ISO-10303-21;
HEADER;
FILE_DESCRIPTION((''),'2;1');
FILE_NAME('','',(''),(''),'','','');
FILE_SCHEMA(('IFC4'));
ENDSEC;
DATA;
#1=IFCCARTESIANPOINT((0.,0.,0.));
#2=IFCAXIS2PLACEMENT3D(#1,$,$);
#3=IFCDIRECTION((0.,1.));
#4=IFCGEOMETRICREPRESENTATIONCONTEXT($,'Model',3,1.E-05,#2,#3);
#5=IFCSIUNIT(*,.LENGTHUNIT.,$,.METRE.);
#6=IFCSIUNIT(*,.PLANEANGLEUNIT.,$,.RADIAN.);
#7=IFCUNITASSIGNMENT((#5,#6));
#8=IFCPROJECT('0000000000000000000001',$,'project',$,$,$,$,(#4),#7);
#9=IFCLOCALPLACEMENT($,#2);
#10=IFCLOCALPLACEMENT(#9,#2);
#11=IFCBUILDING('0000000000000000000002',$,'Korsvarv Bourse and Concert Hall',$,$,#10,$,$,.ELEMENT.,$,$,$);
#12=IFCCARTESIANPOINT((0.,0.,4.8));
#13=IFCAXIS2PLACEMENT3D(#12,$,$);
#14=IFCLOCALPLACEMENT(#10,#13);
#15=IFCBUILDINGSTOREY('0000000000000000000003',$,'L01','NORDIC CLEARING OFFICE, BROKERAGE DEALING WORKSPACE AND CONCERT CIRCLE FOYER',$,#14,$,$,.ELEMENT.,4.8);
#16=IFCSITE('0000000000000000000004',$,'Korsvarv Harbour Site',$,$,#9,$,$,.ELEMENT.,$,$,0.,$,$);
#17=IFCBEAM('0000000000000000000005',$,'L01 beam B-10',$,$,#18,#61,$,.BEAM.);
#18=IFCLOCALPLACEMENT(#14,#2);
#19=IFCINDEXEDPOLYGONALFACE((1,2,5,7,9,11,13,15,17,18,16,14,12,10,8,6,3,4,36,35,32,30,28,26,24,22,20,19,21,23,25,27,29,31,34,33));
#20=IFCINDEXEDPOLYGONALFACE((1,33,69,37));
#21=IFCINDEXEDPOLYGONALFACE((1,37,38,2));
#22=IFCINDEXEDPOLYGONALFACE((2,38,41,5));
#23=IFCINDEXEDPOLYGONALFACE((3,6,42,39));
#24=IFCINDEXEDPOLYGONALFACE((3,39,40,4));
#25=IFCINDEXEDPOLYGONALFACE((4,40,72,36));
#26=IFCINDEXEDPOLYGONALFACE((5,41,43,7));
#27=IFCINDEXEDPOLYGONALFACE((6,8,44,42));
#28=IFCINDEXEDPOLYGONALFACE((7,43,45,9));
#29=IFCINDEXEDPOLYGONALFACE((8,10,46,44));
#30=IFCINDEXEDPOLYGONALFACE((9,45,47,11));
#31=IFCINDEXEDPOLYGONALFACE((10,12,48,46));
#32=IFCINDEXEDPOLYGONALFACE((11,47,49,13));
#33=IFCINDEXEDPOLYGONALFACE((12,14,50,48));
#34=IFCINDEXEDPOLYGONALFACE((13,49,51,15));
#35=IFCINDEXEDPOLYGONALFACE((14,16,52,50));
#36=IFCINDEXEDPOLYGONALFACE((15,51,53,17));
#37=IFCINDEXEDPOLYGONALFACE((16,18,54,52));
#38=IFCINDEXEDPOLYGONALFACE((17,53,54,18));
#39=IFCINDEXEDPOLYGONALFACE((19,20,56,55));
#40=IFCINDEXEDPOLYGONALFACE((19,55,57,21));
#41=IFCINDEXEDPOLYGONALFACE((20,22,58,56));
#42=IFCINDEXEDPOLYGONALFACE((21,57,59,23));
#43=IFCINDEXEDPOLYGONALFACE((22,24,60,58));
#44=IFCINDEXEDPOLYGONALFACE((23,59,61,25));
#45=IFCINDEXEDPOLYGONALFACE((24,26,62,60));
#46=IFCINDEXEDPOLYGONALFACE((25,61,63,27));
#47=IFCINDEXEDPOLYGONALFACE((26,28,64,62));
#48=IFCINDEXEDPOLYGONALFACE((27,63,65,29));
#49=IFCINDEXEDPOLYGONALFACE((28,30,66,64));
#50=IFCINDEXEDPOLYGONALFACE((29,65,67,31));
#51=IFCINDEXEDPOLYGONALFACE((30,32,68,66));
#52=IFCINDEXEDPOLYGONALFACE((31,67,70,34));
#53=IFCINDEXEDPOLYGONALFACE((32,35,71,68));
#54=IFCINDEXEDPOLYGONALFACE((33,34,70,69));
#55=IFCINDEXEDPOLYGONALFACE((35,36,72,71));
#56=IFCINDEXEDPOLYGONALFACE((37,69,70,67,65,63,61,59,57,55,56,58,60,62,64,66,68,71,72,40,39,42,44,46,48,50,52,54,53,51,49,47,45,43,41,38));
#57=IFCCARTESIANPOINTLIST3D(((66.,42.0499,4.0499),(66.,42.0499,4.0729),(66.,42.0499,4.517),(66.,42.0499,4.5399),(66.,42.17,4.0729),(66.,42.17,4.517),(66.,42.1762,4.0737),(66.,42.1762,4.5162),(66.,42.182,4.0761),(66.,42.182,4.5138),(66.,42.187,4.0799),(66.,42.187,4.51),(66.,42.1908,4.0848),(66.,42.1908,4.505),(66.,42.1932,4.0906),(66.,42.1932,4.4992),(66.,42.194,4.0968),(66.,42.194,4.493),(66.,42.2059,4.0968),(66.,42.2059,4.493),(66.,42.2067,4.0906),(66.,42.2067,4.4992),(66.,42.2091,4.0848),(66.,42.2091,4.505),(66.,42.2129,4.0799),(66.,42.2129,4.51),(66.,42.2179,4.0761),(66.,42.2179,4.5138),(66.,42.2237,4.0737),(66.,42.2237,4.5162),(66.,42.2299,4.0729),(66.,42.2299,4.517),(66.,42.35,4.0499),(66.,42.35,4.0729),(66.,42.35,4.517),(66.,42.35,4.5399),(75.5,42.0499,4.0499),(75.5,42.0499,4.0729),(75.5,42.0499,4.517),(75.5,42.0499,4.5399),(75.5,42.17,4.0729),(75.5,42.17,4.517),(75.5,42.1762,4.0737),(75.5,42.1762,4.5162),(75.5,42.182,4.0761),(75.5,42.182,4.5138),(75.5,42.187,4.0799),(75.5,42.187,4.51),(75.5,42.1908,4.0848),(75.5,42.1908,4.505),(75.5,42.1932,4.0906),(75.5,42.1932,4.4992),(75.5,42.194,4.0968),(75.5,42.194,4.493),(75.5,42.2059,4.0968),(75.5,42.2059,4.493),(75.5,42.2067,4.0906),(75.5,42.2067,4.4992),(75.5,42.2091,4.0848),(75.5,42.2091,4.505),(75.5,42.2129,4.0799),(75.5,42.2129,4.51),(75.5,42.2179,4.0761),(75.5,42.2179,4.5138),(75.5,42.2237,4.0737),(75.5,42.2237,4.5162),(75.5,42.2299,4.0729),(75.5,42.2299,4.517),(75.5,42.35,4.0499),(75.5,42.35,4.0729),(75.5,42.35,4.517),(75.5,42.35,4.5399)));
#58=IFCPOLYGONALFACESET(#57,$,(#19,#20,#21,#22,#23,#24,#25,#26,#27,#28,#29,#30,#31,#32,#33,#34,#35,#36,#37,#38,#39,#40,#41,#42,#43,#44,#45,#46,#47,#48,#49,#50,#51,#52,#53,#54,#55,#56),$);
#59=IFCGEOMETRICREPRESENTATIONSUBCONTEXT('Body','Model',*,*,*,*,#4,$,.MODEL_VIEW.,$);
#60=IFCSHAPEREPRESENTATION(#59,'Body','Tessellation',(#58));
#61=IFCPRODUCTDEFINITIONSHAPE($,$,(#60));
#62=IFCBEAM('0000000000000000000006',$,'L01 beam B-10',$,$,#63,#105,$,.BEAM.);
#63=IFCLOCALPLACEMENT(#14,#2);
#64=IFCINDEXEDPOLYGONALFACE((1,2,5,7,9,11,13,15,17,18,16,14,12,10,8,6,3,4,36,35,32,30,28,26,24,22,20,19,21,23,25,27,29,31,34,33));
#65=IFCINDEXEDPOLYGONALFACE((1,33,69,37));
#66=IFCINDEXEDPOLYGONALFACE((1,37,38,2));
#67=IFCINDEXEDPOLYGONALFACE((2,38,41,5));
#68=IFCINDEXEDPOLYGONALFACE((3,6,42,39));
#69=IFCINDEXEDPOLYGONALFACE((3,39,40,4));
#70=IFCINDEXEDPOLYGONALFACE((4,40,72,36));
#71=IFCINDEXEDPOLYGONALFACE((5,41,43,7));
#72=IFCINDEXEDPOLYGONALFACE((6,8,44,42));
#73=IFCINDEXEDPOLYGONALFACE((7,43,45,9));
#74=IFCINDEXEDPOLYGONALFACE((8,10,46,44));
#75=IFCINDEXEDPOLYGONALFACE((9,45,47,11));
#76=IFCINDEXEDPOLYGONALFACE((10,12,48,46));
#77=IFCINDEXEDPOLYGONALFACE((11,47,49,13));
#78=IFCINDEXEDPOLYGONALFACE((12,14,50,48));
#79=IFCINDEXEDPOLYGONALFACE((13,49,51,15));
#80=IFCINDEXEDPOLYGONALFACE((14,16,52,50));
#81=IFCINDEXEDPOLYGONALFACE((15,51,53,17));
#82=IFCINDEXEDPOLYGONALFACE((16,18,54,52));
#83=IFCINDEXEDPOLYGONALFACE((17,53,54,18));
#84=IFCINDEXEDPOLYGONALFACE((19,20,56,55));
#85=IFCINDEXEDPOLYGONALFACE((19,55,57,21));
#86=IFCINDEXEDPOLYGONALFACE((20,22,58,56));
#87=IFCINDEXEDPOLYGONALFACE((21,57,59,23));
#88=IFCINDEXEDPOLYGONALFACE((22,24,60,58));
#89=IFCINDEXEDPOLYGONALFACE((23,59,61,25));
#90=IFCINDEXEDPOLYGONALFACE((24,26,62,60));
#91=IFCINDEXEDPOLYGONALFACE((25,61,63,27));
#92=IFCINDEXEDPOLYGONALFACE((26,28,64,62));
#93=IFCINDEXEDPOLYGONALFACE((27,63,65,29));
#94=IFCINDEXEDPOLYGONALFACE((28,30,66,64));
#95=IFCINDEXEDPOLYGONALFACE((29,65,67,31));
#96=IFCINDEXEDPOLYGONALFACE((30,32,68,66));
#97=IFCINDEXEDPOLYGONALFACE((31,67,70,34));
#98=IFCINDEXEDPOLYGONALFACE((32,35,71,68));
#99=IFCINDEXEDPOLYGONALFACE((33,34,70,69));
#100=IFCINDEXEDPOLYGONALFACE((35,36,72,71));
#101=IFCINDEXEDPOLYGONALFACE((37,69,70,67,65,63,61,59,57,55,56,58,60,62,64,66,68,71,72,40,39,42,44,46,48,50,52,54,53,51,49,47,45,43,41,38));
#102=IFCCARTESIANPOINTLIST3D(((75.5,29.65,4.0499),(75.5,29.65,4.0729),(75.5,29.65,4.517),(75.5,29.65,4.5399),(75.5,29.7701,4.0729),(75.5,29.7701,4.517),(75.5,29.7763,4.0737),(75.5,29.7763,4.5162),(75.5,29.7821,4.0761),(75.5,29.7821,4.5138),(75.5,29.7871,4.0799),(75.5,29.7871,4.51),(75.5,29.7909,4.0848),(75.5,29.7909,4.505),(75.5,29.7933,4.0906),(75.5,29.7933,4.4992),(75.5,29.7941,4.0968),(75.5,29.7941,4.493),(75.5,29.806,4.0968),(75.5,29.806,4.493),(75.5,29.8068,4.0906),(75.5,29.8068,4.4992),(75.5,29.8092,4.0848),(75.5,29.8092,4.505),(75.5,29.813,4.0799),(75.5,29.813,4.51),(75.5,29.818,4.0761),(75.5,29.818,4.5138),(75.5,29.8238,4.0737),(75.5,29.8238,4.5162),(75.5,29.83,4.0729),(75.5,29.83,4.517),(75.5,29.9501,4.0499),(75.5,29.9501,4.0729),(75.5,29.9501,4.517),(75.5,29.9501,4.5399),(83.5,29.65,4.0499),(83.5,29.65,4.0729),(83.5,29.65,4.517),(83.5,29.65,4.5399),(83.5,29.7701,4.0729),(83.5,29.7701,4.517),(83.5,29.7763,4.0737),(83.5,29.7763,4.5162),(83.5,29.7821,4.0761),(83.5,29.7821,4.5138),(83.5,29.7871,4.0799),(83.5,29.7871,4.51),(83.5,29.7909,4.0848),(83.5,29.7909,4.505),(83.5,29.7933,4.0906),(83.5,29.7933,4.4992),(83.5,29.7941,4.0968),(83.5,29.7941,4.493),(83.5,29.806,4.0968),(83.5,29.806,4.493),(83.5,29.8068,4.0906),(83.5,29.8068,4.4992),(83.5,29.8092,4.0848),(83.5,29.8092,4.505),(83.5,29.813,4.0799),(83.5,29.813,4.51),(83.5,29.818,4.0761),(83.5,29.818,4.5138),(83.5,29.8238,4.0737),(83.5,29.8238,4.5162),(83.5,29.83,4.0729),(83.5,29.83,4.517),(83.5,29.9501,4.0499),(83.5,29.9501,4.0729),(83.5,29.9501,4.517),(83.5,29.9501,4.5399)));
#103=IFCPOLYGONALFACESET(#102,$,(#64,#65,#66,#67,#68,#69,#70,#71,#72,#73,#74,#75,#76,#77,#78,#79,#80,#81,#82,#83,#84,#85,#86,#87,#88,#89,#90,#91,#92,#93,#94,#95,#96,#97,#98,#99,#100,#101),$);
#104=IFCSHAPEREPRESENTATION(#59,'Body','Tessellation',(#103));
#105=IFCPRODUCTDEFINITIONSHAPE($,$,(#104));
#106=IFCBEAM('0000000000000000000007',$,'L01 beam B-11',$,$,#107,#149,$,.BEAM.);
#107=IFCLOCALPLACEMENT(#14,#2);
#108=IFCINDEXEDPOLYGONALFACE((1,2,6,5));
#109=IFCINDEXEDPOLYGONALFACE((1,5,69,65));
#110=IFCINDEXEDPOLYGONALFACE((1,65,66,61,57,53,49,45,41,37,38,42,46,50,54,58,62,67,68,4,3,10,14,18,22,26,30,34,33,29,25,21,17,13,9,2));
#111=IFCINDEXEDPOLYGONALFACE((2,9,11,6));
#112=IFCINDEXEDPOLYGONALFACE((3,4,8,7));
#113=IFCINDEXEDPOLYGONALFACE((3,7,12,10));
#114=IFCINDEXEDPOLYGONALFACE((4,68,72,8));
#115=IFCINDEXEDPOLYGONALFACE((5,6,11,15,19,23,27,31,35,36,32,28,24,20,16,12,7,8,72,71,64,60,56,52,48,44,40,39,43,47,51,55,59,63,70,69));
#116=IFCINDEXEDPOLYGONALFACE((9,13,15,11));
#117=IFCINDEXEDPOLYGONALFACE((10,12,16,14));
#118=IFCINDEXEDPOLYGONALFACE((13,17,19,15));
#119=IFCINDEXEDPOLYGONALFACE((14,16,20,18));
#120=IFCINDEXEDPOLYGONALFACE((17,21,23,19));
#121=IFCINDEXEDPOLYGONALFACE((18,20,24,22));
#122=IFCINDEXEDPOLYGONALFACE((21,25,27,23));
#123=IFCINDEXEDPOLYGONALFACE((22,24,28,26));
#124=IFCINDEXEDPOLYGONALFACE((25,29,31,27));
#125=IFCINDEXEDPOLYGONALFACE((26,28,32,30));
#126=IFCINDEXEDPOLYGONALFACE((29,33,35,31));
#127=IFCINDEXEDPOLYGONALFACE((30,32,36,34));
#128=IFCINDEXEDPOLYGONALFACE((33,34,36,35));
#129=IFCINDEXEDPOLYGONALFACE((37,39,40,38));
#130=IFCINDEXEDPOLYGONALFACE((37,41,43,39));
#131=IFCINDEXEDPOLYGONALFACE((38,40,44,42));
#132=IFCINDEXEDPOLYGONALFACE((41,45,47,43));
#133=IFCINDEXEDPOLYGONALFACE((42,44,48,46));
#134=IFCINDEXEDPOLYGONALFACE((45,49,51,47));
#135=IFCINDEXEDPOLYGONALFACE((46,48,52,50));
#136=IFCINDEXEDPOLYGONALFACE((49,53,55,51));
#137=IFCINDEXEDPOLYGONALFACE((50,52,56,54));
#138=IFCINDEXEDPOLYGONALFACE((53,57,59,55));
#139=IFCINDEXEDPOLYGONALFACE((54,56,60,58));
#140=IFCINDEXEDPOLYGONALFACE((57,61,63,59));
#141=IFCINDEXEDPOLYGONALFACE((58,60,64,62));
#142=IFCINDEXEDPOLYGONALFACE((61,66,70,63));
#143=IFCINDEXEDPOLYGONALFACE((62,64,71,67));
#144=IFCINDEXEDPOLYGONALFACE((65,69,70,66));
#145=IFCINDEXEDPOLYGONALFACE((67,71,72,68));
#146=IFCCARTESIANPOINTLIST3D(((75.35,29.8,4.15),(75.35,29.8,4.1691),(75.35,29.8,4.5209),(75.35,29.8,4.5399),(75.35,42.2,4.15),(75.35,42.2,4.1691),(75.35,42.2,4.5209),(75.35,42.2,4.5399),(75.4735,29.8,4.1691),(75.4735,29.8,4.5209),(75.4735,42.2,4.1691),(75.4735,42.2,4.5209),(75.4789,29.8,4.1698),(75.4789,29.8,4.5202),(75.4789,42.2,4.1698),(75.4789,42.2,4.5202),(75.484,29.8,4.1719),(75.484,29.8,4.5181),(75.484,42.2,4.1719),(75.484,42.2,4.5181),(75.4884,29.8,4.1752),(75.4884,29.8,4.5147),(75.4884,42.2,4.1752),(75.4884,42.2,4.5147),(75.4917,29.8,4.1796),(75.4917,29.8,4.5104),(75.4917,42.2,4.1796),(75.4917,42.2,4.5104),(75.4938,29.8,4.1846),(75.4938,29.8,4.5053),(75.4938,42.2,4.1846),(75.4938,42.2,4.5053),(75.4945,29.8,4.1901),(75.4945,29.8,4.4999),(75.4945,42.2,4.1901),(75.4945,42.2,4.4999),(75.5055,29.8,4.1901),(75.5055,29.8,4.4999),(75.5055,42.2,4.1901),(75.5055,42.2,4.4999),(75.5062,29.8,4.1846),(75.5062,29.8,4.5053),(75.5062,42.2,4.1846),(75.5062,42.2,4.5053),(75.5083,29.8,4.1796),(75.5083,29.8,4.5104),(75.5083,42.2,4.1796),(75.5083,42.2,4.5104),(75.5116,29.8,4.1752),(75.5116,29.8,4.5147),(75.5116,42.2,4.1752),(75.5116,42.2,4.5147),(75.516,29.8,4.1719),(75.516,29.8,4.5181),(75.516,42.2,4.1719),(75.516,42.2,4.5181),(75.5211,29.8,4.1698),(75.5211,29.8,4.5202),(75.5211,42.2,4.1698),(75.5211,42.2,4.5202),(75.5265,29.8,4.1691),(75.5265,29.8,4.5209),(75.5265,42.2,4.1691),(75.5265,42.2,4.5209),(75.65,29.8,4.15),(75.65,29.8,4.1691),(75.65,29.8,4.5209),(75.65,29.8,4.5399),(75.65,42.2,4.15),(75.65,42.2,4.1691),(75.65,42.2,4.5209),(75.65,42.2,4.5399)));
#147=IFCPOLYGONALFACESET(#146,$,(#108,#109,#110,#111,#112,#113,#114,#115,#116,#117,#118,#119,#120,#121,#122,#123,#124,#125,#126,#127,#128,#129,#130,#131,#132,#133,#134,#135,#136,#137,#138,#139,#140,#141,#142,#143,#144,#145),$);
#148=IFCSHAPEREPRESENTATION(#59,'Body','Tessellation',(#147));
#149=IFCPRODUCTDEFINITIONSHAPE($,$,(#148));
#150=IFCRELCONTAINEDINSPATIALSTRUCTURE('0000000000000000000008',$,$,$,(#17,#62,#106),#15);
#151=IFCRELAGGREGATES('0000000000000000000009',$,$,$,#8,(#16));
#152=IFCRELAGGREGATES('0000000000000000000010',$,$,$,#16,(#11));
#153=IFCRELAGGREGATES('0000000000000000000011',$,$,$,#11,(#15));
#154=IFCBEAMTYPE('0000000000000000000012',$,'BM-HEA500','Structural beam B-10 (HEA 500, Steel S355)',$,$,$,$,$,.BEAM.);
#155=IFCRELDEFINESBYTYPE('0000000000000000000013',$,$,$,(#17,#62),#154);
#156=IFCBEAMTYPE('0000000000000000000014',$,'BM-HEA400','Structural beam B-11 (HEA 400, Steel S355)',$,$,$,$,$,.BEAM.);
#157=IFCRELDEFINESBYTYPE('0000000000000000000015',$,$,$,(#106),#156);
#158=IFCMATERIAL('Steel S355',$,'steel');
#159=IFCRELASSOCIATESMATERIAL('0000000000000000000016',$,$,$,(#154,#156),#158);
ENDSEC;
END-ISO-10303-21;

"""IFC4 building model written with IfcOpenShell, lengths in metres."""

from ifc_helpers import new_model, si_unit, direction, frame, origin, origin_2d, place, context, subcontext, project, spatial, i_section, extrude, source, transform, mapped, material, material_profile, profile_set, type_object, element, save


model = new_model("IFC4")

# Units and contexts
model_context = context("Model", 3, precision=1e-05, world=origin(), true_north=direction((0.0, 1.0)))
body_context = subcontext(model_context, "Body", "Model", "MODEL_VIEW")
ifc_project = project(units=[si_unit("LENGTHUNIT", "METRE"), si_unit("PLANEANGLEUNIT", "RADIAN")], contexts=[model_context])

# Site, building, storey
site_placement = place(None, origin())
site = spatial("IfcSite", under=ifc_project, at=site_placement, Name="Korsvarv Harbour Site", CompositionType="ELEMENT", RefElevation=0.0)
building_placement = place(site_placement, origin())
building = spatial("IfcBuilding", under=site, at=building_placement, Name="Korsvarv Bourse and Concert Hall", CompositionType="ELEMENT")
storey_placement = place(building_placement, frame((0.0, 0.0, 4.8)))
storey = spatial("IfcBuildingStorey", under=building, at=storey_placement, Name="L01", Description="NORDIC CLEARING OFFICE, BROKERAGE DEALING WORKSPACE AND CONCERT CIRCLE FOYER", CompositionType="ELEMENT", Elevation=4.8)

# Beams
ifc_material_1 = material(Name="Steel S355", Category="steel")
ifc_material_profile_1 = material_profile(ifc_material_1, i_section(OverallWidth=0.3, OverallDepth=0.49, WebThickness=0.012, FlangeThickness=0.0229, FilletRadius=0.0239, at=origin_2d()), Name="HEA 500")
ifc_profile_set_1 = profile_set([ifc_material_profile_1], Name="Steel S355")
beam_type_1 = type_object("IfcBeamType", Name="BM-HEA500", Description="Structural beam B-10 (HEA 500, Steel S355)", PredefinedType="BEAM", material=ifc_profile_set_1)
shared_shape_1 = source(origin(), body_context, "Body", "SweptSolid", [
    extrude(i_section(OverallWidth=0.3, OverallDepth=0.49, WebThickness=0.012, FlangeThickness=0.0229, FilletRadius=0.0239, at=origin_2d()), origin(), (0.0, 0.0, 1.0), 9.5),
])
for number, where, z_axis, x_axis, name in (
    (1, (66.0, 42.2, 4.2949), (1.0, 0.0, 0.0), (0.0, 1.0, 0.0), "L01 beam B-10"),
):
    element("IfcBeam", number, at=place(storey_placement, frame(where, z_axis=z_axis, x_axis=x_axis)), inside=storey, type_object=beam_type_1, Name=name, PredefinedType="BEAM", context=body_context, shape_type="MappedRepresentation", body=[
        mapped(shared_shape_1, transform((0.0, 0.0, 0.0), scale=1.0)),
    ])
shared_shape_2 = source(origin(), body_context, "Body", "SweptSolid", [
    extrude(i_section(OverallWidth=0.3, OverallDepth=0.49, WebThickness=0.012, FlangeThickness=0.0229, FilletRadius=0.0239, at=origin_2d()), origin(), (0.0, 0.0, 1.0), 8.0),
])
beam_1_placement = place(storey_placement, frame((75.5, 29.8, 4.2949), z_axis=(1.0, 0.0, 0.0), x_axis=(0.0, 1.0, 0.0)))
element("IfcBeam", 2, at=beam_1_placement, inside=storey, type_object=beam_type_1, Name="L01 beam B-10", PredefinedType="BEAM", context=body_context, shape_type="MappedRepresentation", body=[
    mapped(shared_shape_2, transform((0.0, 0.0, 0.0), scale=1.0)),
])
ifc_material_profile_2 = material_profile(ifc_material_1, i_section(OverallWidth=0.3, OverallDepth=0.3899, WebThickness=0.011, FlangeThickness=0.019, FilletRadius=0.021, at=origin_2d()), Name="HEA 400")
ifc_profile_set_2 = profile_set([ifc_material_profile_2], Name="Steel S355")
beam_type_2 = type_object("IfcBeamType", Name="BM-HEA400", Description="Structural beam B-11 (HEA 400, Steel S355)", PredefinedType="BEAM", material=ifc_profile_set_2)
shared_shape_3 = source(origin(), body_context, "Body", "SweptSolid", [
    extrude(i_section(OverallWidth=0.3, OverallDepth=0.3899, WebThickness=0.011, FlangeThickness=0.019, FilletRadius=0.021, at=origin_2d()), origin(), (0.0, 0.0, 1.0), 12.3999),
])
beam_2_placement = place(storey_placement, frame((75.5, 29.8, 4.345), z_axis=(0.0, 1.0, 0.0), x_axis=(-1.0, 0.0, 0.0)))
element("IfcBeam", 3, at=beam_2_placement, inside=storey, type_object=beam_type_2, Name="L01 beam B-11", PredefinedType="BEAM", context=body_context, shape_type="MappedRepresentation", body=[
    mapped(shared_shape_3, transform((0.0, 0.0, 0.0), scale=1.0)),
])

save(model, "model.ifc")
